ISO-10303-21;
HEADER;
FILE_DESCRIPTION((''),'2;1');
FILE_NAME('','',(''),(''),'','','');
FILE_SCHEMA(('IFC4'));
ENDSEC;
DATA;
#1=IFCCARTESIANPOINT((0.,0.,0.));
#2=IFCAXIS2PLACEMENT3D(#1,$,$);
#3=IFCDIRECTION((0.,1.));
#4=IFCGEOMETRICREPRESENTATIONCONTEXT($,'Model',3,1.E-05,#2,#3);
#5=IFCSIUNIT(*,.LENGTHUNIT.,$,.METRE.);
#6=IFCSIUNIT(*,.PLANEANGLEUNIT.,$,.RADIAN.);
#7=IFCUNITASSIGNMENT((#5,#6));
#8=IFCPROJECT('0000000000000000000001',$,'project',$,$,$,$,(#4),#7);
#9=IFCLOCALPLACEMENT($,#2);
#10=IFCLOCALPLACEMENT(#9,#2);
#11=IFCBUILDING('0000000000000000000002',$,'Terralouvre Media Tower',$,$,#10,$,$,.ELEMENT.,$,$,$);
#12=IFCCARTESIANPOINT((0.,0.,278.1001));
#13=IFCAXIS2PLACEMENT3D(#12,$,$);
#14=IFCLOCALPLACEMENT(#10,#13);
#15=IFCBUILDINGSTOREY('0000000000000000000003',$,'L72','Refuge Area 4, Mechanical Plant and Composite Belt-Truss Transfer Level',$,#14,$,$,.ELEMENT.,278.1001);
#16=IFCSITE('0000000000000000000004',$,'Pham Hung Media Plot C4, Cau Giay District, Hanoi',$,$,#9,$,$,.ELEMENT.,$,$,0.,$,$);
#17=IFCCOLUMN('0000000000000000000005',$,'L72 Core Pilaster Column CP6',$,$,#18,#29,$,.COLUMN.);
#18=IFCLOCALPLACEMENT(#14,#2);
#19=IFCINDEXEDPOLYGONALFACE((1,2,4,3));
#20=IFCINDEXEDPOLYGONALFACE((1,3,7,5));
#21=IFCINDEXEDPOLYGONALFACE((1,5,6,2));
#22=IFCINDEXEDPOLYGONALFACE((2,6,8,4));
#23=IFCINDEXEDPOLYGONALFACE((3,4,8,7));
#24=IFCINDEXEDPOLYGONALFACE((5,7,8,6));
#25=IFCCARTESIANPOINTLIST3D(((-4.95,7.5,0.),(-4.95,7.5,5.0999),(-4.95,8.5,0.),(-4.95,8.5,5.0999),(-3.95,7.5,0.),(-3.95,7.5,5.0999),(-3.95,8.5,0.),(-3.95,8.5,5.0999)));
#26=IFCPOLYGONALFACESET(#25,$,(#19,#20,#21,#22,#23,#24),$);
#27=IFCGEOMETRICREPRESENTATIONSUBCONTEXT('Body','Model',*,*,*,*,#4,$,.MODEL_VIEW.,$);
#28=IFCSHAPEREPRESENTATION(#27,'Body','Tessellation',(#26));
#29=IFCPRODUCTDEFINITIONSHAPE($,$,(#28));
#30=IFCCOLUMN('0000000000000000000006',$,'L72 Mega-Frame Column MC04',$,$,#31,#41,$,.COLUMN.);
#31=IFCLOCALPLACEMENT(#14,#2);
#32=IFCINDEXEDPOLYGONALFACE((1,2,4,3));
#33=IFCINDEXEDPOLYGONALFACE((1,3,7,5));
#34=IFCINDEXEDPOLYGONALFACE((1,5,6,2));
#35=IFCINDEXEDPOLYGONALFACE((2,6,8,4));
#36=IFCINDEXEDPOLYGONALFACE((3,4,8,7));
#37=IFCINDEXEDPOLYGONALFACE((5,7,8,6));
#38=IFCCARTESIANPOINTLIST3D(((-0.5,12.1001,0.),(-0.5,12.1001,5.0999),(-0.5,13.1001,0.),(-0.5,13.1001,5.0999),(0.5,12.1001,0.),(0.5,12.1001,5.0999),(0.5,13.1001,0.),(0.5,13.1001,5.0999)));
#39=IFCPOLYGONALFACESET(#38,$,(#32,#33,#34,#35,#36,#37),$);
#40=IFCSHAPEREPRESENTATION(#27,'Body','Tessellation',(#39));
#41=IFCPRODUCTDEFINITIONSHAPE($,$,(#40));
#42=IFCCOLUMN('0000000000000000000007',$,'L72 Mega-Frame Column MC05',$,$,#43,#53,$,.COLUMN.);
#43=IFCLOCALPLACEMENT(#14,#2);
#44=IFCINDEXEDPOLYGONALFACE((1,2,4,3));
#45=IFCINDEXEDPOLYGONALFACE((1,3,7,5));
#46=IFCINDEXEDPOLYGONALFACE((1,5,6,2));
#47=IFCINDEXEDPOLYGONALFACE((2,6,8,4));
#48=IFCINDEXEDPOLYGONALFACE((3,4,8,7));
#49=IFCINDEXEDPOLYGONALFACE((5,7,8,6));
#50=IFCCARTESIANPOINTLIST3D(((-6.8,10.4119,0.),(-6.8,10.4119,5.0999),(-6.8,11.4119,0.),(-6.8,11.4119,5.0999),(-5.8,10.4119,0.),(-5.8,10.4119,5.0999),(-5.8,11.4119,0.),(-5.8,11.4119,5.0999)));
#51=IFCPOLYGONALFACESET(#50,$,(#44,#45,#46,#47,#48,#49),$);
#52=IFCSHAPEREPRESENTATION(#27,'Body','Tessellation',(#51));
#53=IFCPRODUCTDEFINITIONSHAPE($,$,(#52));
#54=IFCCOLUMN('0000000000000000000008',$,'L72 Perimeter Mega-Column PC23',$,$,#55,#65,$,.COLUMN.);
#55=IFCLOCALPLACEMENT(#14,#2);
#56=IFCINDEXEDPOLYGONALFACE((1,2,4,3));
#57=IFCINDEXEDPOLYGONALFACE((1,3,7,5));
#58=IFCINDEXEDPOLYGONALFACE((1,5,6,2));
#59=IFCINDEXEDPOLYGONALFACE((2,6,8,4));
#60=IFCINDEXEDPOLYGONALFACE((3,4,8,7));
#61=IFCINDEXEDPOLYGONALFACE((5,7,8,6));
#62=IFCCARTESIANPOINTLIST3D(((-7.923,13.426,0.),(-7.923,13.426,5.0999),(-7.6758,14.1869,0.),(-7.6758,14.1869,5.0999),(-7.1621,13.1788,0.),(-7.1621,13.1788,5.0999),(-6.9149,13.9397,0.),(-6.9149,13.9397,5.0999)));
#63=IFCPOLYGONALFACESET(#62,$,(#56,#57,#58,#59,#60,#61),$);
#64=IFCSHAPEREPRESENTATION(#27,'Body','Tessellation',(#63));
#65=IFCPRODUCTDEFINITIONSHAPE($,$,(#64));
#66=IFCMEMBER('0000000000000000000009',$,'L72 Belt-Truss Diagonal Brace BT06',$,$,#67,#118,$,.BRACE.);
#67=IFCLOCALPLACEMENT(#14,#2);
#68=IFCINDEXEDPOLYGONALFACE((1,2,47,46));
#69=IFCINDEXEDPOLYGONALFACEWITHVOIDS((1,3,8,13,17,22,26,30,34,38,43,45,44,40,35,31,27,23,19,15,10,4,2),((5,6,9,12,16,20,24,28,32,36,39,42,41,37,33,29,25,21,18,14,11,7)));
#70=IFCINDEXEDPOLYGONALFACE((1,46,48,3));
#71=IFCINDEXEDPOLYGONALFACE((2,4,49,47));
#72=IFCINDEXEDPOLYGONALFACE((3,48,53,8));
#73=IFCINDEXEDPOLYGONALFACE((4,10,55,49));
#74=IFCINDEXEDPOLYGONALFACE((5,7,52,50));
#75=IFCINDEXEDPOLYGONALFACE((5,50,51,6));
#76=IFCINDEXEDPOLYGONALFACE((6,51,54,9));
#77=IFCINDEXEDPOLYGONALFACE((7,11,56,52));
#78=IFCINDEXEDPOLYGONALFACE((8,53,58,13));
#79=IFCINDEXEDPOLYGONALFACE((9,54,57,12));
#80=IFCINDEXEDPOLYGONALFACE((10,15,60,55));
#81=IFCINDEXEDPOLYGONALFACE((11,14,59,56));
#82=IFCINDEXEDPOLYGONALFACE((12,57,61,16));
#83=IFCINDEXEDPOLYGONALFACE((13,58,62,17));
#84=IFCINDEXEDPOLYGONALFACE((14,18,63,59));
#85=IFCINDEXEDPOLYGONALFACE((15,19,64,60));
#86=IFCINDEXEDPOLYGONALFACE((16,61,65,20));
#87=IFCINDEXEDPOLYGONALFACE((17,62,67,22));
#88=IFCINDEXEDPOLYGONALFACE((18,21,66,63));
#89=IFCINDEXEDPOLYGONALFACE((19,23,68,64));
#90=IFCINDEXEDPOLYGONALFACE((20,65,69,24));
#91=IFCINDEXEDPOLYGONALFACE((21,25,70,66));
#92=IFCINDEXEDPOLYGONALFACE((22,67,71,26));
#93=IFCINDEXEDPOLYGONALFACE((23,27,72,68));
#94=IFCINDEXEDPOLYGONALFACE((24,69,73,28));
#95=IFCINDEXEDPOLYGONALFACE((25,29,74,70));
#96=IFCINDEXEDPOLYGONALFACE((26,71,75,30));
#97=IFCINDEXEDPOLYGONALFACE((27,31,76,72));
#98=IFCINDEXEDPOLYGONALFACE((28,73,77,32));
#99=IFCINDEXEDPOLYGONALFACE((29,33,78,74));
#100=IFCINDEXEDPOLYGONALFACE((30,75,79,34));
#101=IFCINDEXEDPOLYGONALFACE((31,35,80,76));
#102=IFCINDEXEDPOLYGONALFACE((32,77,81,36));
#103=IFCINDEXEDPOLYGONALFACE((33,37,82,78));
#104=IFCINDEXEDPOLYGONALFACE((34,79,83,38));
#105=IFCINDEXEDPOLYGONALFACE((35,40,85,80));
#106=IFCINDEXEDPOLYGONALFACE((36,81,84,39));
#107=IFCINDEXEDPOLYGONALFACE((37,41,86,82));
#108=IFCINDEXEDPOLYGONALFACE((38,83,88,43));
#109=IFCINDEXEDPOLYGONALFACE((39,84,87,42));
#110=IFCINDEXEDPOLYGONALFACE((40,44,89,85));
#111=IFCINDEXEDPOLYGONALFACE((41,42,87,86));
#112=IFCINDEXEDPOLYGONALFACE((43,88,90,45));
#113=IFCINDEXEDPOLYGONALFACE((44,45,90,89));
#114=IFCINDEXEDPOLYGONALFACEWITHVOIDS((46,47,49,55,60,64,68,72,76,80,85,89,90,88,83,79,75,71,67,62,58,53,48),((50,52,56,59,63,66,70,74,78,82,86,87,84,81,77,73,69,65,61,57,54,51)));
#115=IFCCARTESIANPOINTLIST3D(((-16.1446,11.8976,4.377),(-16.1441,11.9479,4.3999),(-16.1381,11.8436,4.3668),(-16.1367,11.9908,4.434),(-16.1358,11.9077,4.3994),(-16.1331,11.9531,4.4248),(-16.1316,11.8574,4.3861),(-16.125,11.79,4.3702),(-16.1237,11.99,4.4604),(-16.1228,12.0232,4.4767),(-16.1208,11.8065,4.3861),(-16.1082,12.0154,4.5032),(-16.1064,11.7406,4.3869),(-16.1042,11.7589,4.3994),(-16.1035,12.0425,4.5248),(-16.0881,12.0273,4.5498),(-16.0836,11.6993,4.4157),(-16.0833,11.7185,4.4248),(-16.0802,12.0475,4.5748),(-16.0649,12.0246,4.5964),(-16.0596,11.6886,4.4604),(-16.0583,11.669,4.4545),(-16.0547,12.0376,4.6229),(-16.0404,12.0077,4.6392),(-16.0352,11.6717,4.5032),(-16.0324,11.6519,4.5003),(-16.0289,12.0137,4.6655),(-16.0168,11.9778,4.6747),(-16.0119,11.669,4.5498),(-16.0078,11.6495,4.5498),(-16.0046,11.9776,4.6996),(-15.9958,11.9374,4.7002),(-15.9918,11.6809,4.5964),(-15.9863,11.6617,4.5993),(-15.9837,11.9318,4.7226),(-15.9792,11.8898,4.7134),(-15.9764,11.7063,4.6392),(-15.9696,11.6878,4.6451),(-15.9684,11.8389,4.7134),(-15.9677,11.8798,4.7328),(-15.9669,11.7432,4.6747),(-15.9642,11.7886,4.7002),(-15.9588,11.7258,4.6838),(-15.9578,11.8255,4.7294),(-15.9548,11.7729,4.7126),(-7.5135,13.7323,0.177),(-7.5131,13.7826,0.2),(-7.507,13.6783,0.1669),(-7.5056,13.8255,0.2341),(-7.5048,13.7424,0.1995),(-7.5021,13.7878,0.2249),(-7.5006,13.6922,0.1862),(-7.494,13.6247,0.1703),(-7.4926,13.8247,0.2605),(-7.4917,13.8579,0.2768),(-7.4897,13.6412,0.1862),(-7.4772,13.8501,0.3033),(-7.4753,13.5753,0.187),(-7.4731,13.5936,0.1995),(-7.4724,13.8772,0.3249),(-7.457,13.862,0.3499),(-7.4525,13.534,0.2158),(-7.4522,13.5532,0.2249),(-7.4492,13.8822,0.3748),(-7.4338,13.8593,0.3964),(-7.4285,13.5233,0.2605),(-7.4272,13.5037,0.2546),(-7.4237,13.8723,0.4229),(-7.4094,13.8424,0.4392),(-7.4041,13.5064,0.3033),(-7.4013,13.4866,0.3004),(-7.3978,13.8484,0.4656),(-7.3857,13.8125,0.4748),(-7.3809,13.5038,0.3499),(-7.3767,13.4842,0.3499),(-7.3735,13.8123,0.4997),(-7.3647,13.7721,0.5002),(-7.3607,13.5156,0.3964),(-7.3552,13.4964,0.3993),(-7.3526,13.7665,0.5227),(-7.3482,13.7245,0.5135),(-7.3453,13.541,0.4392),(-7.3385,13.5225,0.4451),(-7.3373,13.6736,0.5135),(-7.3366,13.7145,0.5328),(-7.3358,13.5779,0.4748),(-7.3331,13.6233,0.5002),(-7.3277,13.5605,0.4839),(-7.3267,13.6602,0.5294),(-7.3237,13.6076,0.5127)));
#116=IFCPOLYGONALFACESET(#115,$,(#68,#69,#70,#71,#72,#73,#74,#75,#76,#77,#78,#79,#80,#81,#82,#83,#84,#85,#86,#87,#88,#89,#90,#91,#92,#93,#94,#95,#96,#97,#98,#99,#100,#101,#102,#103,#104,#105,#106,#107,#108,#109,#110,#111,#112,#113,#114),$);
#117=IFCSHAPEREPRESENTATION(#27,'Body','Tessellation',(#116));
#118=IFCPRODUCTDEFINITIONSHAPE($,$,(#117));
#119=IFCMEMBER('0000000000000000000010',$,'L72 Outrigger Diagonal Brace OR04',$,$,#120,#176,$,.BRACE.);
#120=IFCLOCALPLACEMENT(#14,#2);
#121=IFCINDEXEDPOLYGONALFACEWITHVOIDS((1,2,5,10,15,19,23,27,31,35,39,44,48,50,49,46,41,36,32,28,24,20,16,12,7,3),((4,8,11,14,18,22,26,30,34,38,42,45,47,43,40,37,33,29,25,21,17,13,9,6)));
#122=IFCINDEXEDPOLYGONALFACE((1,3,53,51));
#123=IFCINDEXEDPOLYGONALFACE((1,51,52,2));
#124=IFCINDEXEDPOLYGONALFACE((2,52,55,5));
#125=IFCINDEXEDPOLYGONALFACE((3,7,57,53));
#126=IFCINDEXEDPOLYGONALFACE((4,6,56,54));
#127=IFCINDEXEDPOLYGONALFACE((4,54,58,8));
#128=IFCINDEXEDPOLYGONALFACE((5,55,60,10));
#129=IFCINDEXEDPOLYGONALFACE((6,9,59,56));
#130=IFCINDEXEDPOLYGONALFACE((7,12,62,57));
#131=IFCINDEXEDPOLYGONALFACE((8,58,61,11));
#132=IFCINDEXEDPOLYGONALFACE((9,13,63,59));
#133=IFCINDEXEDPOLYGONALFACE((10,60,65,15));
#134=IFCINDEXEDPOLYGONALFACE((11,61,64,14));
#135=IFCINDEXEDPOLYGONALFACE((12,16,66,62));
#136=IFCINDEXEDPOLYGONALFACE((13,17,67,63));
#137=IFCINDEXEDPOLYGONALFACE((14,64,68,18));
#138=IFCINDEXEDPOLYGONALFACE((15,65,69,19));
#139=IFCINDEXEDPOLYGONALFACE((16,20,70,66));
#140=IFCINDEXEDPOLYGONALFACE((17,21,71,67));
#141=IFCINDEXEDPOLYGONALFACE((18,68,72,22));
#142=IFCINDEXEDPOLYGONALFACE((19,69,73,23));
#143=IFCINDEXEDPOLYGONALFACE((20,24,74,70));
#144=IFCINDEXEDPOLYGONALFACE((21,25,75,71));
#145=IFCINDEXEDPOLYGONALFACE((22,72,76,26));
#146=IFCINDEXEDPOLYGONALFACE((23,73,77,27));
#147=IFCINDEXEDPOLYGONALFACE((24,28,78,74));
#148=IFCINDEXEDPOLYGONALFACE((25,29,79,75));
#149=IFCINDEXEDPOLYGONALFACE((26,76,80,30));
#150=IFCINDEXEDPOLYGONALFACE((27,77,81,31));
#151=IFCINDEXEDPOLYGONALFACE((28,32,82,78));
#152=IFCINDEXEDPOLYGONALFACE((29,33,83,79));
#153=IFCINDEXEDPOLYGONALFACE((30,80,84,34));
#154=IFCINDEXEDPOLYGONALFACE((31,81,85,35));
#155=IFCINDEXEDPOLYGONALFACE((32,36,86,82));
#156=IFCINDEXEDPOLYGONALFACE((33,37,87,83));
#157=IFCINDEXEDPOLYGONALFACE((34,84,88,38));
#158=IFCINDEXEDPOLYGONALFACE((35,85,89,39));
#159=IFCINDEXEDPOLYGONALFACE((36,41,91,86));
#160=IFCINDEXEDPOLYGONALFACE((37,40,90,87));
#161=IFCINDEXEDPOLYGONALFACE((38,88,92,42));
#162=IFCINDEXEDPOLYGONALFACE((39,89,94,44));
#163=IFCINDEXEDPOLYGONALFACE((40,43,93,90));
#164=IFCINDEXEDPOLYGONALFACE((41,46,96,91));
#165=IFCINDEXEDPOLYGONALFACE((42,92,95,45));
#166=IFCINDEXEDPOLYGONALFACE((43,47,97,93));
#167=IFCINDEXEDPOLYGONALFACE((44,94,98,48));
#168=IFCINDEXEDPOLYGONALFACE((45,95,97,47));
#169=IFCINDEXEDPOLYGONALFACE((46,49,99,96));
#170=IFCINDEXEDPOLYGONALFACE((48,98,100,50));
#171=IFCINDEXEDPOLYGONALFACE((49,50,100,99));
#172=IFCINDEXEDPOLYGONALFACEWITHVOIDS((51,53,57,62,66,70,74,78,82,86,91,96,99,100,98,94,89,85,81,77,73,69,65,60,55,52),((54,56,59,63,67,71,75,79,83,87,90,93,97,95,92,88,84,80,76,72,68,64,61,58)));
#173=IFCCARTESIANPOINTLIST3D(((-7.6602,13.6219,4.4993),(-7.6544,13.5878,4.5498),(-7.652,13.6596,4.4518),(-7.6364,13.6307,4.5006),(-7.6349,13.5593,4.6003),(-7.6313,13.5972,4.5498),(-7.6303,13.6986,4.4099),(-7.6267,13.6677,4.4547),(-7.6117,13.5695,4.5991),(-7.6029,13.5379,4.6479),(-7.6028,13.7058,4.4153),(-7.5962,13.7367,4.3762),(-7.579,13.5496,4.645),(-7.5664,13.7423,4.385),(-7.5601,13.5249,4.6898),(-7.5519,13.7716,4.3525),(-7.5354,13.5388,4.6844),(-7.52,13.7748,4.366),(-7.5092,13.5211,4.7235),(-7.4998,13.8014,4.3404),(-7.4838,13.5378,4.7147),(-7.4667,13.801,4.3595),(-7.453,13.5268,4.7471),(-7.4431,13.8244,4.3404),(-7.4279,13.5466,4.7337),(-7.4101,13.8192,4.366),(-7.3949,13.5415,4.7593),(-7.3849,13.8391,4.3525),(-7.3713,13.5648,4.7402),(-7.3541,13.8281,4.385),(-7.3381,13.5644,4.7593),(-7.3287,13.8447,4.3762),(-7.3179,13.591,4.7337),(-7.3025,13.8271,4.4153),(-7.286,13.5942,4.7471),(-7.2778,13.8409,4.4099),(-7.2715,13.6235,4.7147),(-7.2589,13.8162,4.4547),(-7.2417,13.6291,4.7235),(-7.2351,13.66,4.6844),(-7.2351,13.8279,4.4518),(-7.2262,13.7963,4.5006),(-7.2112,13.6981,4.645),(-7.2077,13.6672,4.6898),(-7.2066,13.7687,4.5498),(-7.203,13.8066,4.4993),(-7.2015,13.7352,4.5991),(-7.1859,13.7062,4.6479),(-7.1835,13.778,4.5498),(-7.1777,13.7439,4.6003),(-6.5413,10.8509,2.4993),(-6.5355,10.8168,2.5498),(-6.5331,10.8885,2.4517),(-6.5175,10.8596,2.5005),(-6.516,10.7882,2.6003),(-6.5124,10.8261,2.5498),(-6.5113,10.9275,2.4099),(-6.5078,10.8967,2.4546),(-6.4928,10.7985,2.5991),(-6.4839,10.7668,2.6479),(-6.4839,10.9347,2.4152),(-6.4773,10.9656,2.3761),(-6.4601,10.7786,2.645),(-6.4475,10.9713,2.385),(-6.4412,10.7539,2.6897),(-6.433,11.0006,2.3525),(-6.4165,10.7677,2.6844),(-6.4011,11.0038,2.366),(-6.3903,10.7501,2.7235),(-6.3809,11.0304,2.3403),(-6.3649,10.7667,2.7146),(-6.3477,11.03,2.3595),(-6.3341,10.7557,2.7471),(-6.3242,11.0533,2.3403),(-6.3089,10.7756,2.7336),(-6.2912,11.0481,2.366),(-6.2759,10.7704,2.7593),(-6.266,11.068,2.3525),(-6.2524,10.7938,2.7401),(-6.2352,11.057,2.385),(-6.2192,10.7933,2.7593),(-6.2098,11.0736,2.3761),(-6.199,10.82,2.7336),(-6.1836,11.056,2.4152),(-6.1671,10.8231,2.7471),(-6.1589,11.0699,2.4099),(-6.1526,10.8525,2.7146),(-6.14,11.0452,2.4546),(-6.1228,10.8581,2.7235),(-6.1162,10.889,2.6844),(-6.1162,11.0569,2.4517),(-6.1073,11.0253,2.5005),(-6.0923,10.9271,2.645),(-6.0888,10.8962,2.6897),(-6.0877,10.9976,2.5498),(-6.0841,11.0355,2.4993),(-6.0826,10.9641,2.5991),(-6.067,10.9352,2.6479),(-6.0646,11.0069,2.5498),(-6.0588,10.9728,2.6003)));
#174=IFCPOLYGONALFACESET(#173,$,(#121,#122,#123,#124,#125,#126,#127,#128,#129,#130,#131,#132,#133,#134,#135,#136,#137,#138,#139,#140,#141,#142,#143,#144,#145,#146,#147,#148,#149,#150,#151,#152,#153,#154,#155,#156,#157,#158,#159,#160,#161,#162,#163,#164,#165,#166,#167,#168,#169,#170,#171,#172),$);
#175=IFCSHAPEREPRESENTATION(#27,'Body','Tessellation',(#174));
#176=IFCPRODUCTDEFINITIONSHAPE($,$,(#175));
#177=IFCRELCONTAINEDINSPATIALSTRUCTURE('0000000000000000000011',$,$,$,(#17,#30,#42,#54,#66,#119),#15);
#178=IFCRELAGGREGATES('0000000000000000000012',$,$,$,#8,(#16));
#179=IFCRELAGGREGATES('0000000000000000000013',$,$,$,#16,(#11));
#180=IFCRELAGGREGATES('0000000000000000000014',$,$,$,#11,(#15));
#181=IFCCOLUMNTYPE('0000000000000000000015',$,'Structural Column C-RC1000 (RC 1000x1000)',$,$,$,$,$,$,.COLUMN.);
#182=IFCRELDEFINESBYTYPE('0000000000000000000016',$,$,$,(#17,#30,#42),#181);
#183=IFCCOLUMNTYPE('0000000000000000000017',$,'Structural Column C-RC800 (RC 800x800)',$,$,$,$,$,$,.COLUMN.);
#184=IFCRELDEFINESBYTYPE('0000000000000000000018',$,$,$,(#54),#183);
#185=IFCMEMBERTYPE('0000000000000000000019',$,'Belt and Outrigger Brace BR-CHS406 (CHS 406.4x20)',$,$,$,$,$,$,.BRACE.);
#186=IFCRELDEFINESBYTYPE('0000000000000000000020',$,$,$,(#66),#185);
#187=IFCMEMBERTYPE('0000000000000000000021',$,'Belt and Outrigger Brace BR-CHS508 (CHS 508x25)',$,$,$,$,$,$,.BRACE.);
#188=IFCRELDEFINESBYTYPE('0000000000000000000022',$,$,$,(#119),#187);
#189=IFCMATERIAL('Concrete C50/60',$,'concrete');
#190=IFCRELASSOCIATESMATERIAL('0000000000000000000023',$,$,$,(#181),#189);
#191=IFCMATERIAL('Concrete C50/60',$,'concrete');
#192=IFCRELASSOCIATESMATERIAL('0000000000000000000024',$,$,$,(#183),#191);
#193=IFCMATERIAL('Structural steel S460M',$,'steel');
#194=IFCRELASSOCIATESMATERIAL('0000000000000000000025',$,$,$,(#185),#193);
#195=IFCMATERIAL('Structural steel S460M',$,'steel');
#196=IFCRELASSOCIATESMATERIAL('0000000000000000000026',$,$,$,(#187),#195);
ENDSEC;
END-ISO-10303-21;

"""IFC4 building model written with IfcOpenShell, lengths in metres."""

from ifc_helpers import new_model, si_unit, direction, frame, origin, origin_2d, place, context, subcontext, project, spatial, rectangle, hollow_circle, extrude, material, material_profile, profile_set, type_object, element, save


model = new_model("IFC4")

# Units and contexts
model_context = context("Model", 3, precision=1e-05, world=origin(), true_north=direction((0.0, 1.0)))
body_context = subcontext(model_context, "Body", "Model", "MODEL_VIEW")
ifc_project = project(units=[si_unit("LENGTHUNIT", "METRE"), si_unit("PLANEANGLEUNIT", "RADIAN")], contexts=[model_context])

# Site, building, storey
site_placement = place(None, origin())
site = spatial("IfcSite", under=ifc_project, at=site_placement, Name="Pham Hung Media Plot C4, Cau Giay District, Hanoi", CompositionType="ELEMENT", RefElevation=0.0)
building_placement = place(site_placement, origin())
building = spatial("IfcBuilding", under=site, at=building_placement, Name="Terralouvre Media Tower", CompositionType="ELEMENT")
storey_placement = place(building_placement, frame((0.0, 0.0, 278.1001)))
storey = spatial("IfcBuildingStorey", under=building, at=storey_placement, Name="L72", Description="Refuge Area 4, Mechanical Plant and Composite Belt-Truss Transfer Level", CompositionType="ELEMENT", Elevation=278.1001)

# Columns
ifc_material_1 = material(Name="Concrete C50/60", Category="concrete")
ifc_material_profile_1 = material_profile(ifc_material_1, rectangle(XDim=1.0, YDim=1.0, at=origin_2d()), Name="RC 1000x1000")
ifc_profile_set_1 = profile_set([ifc_material_profile_1], Name="Concrete C50/60")
column_type_1 = type_object("IfcColumnType", Name="Structural Column C-RC1000 (RC 1000x1000)", PredefinedType="COLUMN", material=ifc_profile_set_1)
for number, where, z_axis, x_axis, name in (
    (1, (-4.45, 8.0, 0.0), (0.0, 0.0, 1.0), (1.0, 0.0, 0.0), "L72 Core Pilaster Column CP6"),
    (2, (0.0, 12.6001, 0.0), (0.0, 0.0, 1.0), (1.0, 0.0, 0.0), "L72 Mega-Frame Column MC04"),
    (3, (-6.3, 10.9119, 0.0), (0.0, 0.0, 1.0), (1.0, 0.0, 0.0), "L72 Mega-Frame Column MC05"),
):
    element("IfcColumn", number, at=place(storey_placement, frame(where, z_axis=z_axis, x_axis=x_axis)), inside=storey, type_object=column_type_1, Name=name, PredefinedType="COLUMN", context=body_context, shape_type="SweptSolid", body=[
        extrude(rectangle(XDim=1.0, YDim=1.0, at=origin_2d()), origin(), (0.0, 0.0, 1.0), 5.0999),
    ])
ifc_material_2 = material(Name="Concrete C50/60", Category="concrete")
ifc_material_profile_2 = material_profile(ifc_material_2, rectangle(XDim=0.8, YDim=0.8, at=origin_2d()), Name="RC 800x800")
ifc_profile_set_2 = profile_set([ifc_material_profile_2], Name="Concrete C50/60")
column_type_2 = type_object("IfcColumnType", Name="Structural Column C-RC800 (RC 800x800)", PredefinedType="COLUMN", material=ifc_profile_set_2)
column_placement = place(storey_placement, frame((-7.4189, 13.6829, 0.0), z_axis=(0.0, 0.0, 1.0), x_axis=(0.309017, 0.951057, 0.0)))
element("IfcColumn", 4, at=column_placement, inside=storey, type_object=column_type_2, Name="L72 Perimeter Mega-Column PC23", PredefinedType="COLUMN", context=body_context, shape_type="SweptSolid", body=[
    extrude(rectangle(XDim=0.8, YDim=0.8, at=origin_2d()), origin(), (0.0, 0.0, 1.0), 5.0999),
])

# Members
ifc_material_3 = material(Name="Structural steel S460M", Category="steel")
ifc_material_profile_3 = material_profile(ifc_material_3, hollow_circle(Radius=0.2031, WallThickness=0.02, at=origin_2d()), Name="CHS 406.4x20")
ifc_profile_set_3 = profile_set([ifc_material_profile_3], Name="Structural steel S460M")
member_type_1 = type_object("IfcMemberType", Name="Belt and Outrigger Brace BR-CHS406 (CHS 406.4x20)", PredefinedType="BRACE", material=ifc_profile_set_3)
member_1_placement = place(storey_placement, frame((-7.4189, 13.6829, 0.3499), z_axis=(-0.883203, -0.187743, 0.429773), x_axis=(0.207925, -0.978145, 0.0)))
element("IfcMember", 5, at=member_1_placement, inside=storey, type_object=member_type_1, Name="L72 Belt-Truss Diagonal Brace BT06", PredefinedType="BRACE", context=body_context, shape_type="SweptSolid", body=[
    extrude(hollow_circle(Radius=0.2031, WallThickness=0.02, at=origin_2d()), origin(), (0.0, 0.0, 1.0), 9.7725),
])
ifc_material_4 = material(Name="Structural steel S460M", Category="steel")
ifc_material_profile_4 = material_profile(ifc_material_4, hollow_circle(Radius=0.2539, WallThickness=0.0249, at=origin_2d()), Name="CHS 508x25")
ifc_profile_set_4 = profile_set([ifc_material_profile_4], Name="Structural steel S460M")
member_type_2 = type_object("IfcMemberType", Name="Belt and Outrigger Brace BR-CHS508 (CHS 508x25)", PredefinedType="BRACE", material=ifc_profile_set_4)
member_2_placement = place(storey_placement, frame((-6.3, 10.9119, 2.5498), z_axis=(-0.311161, 0.770603, 0.556192), x_axis=(-0.92726, -0.374417, 0.0)))
element("IfcMember", 6, at=member_2_placement, inside=storey, type_object=member_type_2, Name="L72 Outrigger Diagonal Brace OR04", PredefinedType="BRACE", context=body_context, shape_type="SweptSolid", body=[
    extrude(hollow_circle(Radius=0.2539, WallThickness=0.0249, at=origin_2d()), origin(), (0.0, 0.0, 1.0), 3.5959),
])

save(model, "model.ifc")
